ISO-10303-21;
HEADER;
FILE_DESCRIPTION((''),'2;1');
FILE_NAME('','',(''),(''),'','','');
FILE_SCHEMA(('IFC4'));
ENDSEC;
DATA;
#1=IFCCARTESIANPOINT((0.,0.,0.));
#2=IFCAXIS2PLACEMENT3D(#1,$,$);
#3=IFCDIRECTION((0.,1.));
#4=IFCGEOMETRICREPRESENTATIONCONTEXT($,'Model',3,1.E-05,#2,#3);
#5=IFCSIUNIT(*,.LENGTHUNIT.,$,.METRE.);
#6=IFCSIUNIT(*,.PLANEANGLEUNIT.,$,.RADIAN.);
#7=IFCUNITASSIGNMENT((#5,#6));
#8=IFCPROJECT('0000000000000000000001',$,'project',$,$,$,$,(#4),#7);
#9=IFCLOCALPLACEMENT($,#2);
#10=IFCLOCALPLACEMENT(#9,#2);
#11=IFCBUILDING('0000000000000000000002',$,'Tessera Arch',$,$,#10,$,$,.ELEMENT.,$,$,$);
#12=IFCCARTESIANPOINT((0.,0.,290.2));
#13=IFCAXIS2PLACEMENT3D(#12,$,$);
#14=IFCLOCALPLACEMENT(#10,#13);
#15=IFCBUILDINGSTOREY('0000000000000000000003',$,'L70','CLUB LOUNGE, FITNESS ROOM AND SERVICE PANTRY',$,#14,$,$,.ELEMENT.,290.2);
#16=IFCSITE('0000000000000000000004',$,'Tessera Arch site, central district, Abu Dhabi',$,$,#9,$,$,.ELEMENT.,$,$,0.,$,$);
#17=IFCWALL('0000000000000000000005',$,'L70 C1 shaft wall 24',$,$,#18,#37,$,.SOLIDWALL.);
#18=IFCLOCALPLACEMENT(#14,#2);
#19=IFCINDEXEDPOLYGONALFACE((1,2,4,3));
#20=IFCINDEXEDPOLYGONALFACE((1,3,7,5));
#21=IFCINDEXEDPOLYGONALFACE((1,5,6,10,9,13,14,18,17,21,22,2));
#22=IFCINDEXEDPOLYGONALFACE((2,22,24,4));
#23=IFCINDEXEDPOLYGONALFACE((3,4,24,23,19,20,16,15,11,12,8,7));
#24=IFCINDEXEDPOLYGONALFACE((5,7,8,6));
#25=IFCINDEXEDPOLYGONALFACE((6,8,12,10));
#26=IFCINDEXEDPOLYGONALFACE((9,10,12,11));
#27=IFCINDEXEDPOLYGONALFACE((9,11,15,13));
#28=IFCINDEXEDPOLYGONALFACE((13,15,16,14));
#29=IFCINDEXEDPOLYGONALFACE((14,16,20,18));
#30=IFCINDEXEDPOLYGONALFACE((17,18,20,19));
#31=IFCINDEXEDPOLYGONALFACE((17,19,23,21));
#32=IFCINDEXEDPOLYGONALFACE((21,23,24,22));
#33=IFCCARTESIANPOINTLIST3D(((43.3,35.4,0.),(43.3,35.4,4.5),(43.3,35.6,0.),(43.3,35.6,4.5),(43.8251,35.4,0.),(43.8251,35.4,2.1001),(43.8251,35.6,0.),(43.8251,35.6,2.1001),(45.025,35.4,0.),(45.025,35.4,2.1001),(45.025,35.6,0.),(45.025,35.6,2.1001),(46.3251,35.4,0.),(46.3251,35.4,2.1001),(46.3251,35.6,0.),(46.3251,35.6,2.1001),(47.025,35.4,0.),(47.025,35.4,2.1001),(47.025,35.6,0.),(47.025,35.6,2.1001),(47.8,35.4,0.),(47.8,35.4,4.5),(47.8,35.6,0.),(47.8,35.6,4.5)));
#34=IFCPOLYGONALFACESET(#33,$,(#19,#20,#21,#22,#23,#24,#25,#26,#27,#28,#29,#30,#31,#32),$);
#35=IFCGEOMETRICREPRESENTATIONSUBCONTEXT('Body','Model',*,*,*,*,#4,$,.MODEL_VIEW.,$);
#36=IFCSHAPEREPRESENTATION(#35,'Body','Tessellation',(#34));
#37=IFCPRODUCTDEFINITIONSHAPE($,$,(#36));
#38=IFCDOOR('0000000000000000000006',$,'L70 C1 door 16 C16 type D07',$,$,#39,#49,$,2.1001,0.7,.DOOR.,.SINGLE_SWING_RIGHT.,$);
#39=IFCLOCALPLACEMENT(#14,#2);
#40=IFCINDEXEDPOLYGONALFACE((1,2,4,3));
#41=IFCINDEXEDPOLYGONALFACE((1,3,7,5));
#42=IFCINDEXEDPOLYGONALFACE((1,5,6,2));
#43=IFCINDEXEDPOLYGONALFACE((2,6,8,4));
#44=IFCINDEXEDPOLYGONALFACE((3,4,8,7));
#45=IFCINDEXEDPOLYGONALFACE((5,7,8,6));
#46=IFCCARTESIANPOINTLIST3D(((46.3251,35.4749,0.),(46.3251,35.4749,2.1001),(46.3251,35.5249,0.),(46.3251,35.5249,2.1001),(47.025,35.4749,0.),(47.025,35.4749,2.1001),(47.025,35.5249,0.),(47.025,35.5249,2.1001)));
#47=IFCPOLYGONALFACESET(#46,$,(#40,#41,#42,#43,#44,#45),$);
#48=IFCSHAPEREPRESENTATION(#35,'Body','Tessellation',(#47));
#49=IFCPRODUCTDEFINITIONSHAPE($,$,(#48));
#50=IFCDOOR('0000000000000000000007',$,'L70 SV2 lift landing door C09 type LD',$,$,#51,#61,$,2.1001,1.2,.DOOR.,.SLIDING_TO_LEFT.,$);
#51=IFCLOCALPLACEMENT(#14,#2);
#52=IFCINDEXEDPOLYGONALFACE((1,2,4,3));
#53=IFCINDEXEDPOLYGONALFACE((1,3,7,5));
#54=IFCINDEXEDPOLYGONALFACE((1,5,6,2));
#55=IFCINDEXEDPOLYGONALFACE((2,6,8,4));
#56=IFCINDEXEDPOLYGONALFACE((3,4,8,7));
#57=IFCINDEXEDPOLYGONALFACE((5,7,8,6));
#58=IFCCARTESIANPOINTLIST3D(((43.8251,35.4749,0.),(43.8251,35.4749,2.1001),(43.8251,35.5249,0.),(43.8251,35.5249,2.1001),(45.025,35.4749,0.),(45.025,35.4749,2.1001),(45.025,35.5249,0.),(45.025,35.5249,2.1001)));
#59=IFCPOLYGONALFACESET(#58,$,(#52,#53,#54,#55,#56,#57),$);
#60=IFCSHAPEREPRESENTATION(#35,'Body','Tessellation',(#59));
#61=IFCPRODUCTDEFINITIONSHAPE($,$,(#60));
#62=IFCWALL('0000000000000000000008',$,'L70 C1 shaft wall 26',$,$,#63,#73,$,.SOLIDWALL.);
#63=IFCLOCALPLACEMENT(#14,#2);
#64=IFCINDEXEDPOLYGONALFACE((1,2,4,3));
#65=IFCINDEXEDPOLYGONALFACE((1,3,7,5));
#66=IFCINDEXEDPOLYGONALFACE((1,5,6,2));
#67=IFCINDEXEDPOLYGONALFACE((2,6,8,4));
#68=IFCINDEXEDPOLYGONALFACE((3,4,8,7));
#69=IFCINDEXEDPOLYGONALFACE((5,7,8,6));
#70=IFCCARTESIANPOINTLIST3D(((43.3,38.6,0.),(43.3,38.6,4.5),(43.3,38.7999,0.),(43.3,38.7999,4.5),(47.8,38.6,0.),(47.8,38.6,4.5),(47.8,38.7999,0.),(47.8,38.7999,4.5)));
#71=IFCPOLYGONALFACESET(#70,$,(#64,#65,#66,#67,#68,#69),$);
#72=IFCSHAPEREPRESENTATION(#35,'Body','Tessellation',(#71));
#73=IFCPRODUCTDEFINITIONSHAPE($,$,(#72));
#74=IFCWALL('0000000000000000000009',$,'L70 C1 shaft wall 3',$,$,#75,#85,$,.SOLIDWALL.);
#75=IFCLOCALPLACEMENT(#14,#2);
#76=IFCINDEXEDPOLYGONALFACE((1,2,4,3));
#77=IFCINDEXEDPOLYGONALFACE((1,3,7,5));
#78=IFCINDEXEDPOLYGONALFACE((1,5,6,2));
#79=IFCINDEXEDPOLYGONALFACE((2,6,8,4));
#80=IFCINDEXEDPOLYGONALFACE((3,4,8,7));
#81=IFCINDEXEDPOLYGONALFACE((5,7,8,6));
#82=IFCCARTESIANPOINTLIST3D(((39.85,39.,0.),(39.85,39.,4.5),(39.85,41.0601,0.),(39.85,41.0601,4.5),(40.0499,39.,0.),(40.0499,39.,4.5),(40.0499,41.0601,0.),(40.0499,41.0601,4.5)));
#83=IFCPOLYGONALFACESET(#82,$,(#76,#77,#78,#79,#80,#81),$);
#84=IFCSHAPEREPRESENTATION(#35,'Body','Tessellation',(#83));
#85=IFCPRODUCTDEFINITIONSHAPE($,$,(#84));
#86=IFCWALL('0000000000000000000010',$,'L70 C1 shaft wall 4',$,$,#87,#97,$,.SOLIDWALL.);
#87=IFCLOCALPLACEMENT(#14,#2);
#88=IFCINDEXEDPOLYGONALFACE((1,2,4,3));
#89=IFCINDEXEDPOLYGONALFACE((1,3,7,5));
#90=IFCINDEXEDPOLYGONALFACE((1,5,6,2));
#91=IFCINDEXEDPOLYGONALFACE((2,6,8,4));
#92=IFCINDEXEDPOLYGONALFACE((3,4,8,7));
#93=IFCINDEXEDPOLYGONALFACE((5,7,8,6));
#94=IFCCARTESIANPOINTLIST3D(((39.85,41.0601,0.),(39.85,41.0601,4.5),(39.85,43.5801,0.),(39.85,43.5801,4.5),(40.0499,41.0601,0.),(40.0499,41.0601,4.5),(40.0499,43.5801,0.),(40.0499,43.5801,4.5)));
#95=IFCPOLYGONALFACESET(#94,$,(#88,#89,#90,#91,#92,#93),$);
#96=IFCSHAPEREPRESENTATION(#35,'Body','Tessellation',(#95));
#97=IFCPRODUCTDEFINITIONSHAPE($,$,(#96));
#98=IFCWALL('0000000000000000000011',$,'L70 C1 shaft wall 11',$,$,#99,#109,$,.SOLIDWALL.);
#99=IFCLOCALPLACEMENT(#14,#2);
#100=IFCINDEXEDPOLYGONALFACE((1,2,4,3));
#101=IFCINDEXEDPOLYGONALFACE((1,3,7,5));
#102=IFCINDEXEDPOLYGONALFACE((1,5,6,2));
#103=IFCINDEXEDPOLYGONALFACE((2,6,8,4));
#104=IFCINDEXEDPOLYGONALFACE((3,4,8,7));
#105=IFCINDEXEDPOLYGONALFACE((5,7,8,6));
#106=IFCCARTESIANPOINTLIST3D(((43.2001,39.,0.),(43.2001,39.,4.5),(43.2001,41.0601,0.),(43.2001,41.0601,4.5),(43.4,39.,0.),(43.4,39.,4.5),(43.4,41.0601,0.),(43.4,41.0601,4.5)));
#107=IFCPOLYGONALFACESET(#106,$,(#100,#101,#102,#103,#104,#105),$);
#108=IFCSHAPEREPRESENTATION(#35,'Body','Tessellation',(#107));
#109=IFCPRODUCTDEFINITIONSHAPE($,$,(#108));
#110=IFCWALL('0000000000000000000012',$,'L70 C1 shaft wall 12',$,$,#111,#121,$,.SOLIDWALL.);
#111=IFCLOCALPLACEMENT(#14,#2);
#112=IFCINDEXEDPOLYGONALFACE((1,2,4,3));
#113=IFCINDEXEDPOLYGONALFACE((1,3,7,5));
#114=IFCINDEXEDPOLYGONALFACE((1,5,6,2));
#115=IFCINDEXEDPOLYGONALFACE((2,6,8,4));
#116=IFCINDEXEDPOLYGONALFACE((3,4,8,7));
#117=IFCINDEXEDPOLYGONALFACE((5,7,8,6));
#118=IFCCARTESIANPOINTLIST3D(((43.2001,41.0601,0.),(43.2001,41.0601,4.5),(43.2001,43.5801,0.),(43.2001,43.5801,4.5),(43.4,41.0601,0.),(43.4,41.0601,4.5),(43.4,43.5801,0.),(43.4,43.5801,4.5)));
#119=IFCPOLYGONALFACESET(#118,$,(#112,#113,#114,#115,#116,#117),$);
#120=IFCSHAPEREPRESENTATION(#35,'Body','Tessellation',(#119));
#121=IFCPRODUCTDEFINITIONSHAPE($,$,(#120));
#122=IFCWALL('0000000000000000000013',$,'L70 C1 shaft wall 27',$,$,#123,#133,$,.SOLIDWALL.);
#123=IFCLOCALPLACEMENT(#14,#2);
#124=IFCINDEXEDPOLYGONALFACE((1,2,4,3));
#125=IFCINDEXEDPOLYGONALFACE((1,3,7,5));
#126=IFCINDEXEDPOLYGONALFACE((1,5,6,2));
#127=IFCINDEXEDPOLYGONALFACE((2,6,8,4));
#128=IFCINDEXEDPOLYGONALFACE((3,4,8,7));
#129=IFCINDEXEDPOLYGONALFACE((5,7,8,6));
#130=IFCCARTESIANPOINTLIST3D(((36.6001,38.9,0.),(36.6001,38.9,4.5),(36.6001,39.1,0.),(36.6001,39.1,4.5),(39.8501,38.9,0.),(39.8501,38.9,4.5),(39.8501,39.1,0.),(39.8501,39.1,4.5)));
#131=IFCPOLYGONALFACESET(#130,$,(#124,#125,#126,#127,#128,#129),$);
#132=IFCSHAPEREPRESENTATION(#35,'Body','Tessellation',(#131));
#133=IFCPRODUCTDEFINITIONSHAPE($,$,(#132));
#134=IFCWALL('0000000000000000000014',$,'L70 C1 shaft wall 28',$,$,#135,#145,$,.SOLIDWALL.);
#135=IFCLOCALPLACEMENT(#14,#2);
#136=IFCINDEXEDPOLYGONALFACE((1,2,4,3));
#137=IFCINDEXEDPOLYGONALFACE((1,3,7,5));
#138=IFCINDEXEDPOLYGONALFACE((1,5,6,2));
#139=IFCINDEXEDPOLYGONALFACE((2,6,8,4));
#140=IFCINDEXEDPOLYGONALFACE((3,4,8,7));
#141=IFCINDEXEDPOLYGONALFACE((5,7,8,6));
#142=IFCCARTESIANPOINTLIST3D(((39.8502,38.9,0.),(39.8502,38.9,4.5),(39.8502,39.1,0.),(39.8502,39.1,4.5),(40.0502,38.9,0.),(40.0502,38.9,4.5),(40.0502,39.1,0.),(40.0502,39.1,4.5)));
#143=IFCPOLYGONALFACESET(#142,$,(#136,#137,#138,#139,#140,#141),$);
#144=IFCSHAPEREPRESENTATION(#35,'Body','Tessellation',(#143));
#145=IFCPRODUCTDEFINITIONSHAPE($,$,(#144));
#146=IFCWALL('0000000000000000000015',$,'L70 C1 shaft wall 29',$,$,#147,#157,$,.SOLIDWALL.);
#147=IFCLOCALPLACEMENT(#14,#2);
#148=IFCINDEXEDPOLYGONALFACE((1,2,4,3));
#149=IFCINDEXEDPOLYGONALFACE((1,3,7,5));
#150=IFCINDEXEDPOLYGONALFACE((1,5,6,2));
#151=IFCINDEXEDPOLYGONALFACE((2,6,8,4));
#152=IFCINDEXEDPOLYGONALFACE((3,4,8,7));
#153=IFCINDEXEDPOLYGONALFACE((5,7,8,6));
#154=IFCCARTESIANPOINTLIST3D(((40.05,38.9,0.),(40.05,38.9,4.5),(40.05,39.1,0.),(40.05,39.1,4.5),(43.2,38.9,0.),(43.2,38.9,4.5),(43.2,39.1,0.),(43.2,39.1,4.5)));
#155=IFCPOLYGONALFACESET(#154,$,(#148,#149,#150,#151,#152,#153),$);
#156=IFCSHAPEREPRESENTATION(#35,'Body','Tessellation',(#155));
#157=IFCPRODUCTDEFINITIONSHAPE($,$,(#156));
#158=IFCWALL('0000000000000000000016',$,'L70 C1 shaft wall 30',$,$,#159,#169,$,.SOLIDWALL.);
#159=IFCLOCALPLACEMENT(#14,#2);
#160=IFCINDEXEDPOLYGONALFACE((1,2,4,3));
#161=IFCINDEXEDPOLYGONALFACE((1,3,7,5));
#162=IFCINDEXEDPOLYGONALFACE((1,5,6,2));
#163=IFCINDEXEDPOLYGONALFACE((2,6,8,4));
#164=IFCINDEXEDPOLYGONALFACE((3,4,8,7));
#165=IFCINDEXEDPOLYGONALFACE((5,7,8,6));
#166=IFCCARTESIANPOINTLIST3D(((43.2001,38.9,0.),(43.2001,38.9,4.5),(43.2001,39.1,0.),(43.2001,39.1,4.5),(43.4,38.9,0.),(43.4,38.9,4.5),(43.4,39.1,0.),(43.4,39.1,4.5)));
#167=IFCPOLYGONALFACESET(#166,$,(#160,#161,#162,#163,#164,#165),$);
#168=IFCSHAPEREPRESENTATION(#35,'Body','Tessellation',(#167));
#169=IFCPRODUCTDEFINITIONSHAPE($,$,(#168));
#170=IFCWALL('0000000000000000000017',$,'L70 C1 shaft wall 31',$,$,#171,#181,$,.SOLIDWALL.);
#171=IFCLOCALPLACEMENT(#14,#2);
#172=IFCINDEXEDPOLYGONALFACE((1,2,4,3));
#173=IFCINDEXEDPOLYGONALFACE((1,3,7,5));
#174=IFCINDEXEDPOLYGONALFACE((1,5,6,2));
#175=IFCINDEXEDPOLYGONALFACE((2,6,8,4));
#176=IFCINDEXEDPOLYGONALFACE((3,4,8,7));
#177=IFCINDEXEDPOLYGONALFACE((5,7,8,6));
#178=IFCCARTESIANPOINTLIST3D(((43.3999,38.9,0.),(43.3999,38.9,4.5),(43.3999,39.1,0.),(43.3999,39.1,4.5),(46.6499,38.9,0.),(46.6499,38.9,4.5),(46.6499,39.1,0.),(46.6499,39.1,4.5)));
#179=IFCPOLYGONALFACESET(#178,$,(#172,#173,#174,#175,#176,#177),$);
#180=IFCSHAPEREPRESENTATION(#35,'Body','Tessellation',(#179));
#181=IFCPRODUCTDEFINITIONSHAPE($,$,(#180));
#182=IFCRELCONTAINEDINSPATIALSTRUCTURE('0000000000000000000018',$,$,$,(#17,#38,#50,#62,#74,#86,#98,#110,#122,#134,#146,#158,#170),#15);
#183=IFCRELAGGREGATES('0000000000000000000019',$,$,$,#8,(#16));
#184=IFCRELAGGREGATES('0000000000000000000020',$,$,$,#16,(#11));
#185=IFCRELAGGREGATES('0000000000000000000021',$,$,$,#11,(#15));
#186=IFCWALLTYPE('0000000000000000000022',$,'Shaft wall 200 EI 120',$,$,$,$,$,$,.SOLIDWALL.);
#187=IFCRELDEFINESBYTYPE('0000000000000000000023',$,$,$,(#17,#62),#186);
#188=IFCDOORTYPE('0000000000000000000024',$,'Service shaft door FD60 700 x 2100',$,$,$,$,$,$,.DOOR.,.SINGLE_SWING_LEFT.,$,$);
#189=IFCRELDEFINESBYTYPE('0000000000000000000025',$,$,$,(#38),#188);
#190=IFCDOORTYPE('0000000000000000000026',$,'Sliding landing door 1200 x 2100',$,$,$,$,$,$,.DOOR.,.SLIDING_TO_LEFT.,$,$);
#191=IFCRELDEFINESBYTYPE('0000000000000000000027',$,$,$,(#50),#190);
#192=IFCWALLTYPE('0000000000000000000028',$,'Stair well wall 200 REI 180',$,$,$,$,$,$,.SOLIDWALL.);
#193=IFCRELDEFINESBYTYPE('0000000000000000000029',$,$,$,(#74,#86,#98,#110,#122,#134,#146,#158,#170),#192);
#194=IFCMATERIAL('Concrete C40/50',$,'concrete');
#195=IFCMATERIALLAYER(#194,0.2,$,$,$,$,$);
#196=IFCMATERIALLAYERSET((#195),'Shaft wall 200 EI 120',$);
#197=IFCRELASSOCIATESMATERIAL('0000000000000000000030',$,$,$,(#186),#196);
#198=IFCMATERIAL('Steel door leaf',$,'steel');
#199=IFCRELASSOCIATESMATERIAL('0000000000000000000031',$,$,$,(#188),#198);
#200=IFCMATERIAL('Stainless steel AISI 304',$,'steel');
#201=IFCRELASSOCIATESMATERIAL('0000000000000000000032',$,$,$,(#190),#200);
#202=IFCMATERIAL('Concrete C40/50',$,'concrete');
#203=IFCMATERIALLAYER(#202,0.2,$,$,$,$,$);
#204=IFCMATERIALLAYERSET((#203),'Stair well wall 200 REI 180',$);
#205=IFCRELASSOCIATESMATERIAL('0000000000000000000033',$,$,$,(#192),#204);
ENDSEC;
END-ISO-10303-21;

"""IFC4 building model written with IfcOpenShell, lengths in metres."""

from ifc_helpers import new_model, si_unit, direction, frame, frame_2d, origin, place, context, subcontext, project, spatial, rectangle, extrude, material, layer, layer_set, type_object, element, fill, save


model = new_model("IFC4")

# Units and contexts
model_context = context("Model", 3, precision=1e-05, world=origin(), true_north=direction((0.0, 1.0)))
body_context = subcontext(model_context, "Body", "Model", "MODEL_VIEW")
ifc_project = project(units=[si_unit("LENGTHUNIT", "METRE"), si_unit("PLANEANGLEUNIT", "RADIAN")], contexts=[model_context])

# Site, building, storey
site_placement = place(None, origin())
site = spatial("IfcSite", under=ifc_project, at=site_placement, Name="Tessera Arch site, central district, Abu Dhabi", CompositionType="ELEMENT", RefElevation=0.0)
building_placement = place(site_placement, origin())
building = spatial("IfcBuilding", under=site, at=building_placement, Name="Tessera Arch", CompositionType="ELEMENT")
storey_placement = place(building_placement, frame((0.0, 0.0, 290.2)))
storey = spatial("IfcBuildingStorey", under=building, at=storey_placement, Name="L70", Description="CLUB LOUNGE, FITNESS ROOM AND SERVICE PANTRY", CompositionType="ELEMENT", Elevation=290.2)

# Shared definitions
ifc_material_1 = material(Name="Concrete C40/50", Category="concrete")
ifc_layer_1 = layer(ifc_material_1, 0.2)
ifc_layer_set_1 = layer_set([ifc_layer_1], Name="Shaft wall 200 EI 120")
wall_type_1 = type_object("IfcWallType", Name="Shaft wall 200 EI 120", PredefinedType="SOLIDWALL", material=ifc_layer_set_1)

# Wall, openings, doors
wall_1_placement = place(storey_placement, frame((43.3, 35.5, 0.0), z_axis=(0.0, 0.0, 1.0), x_axis=(1.0, 0.0, 0.0)))
wall_1 = element("IfcWall", 1, at=wall_1_placement, inside=storey, type_object=wall_type_1, Name="L70 C1 shaft wall 24", PredefinedType="SOLIDWALL", context=body_context, shape_type="SweptSolid", body=[
    extrude(rectangle(XDim=4.5, YDim=0.2, at=frame_2d((2.25, 0.0))), origin(), (0.0, 0.0, 1.0), 4.5),
])
opening_1_placement = place(wall_1_placement, frame((0.5249, 0.0, 0.0)))
opening_1 = element("IfcOpeningElement", 2, at=opening_1_placement, cuts=wall_1, PredefinedType="OPENING", context=body_context, shape_type="SweptSolid", body=[
    extrude(rectangle(XDim=1.2, YDim=2.1001, at=frame_2d((0.6001, 1.05))), frame((0.0, 0.1099, 0.0), z_axis=(0.0, -1.0, 0.0), x_axis=(1.0, 0.0, 0.0)), (0.0, 0.0, 1.0), 0.22),
])
opening_2_placement = place(wall_1_placement, frame((3.0249, 0.0, 0.0)))
opening_2 = element("IfcOpeningElement", 3, at=opening_2_placement, cuts=wall_1, PredefinedType="OPENING", context=body_context, shape_type="SweptSolid", body=[
    extrude(rectangle(XDim=0.7, YDim=2.1001, at=frame_2d((0.3501, 1.05))), frame((0.0, 0.1099, 0.0), z_axis=(0.0, -1.0, 0.0), x_axis=(1.0, 0.0, 0.0)), (0.0, 0.0, 1.0), 0.22),
])
ifc_material_2 = material(Name="Steel door leaf", Category="steel")
door_type_1 = type_object("IfcDoorType", Name="Service shaft door FD60 700 x 2100", OperationType="SINGLE_SWING_LEFT", PredefinedType="DOOR", material=ifc_material_2)
door_1_placement = place(opening_2_placement, origin())
door_1 = element("IfcDoor", 4, at=door_1_placement, inside=storey, type_object=door_type_1, Name="L70 C1 door 16 C16 type D07", OperationType="SINGLE_SWING_RIGHT", OverallHeight=2.1001, OverallWidth=0.7, PredefinedType="DOOR", context=body_context, shape_type="SweptSolid", body=[
    extrude(rectangle(XDim=0.7, YDim=2.1001, at=frame_2d((0.3501, 1.05))), frame((0.0, 0.0249, 0.0), z_axis=(0.0, -1.0, 0.0), x_axis=(1.0, 0.0, 0.0)), (0.0, 0.0, 1.0), 0.05),
])
fill(opening_2, door_1)
ifc_material_3 = material(Name="Stainless steel AISI 304", Category="steel")
door_type_2 = type_object("IfcDoorType", Name="Sliding landing door 1200 x 2100", OperationType="SLIDING_TO_LEFT", PredefinedType="DOOR", material=ifc_material_3)
door_2_placement = place(opening_1_placement, origin())
door_2 = element("IfcDoor", 5, at=door_2_placement, inside=storey, type_object=door_type_2, Name="L70 SV2 lift landing door C09 type LD", OperationType="SLIDING_TO_LEFT", OverallHeight=2.1001, OverallWidth=1.2, PredefinedType="DOOR", context=body_context, shape_type="SweptSolid", body=[
    extrude(rectangle(XDim=1.2, YDim=2.1001, at=frame_2d((0.6001, 1.05))), frame((0.0, 0.0249, 0.0), z_axis=(0.0, -1.0, 0.0), x_axis=(1.0, 0.0, 0.0)), (0.0, 0.0, 1.0), 0.05),
])
fill(opening_1, door_2)

# Walls
wall_2_placement = place(storey_placement, frame((43.3, 38.7, 0.0), z_axis=(0.0, 0.0, 1.0), x_axis=(1.0, 0.0, 0.0)))
element("IfcWall", 6, at=wall_2_placement, inside=storey, type_object=wall_type_1, Name="L70 C1 shaft wall 26", PredefinedType="SOLIDWALL", context=body_context, shape_type="SweptSolid", body=[
    extrude(rectangle(XDim=4.5, YDim=0.2, at=frame_2d((2.25, 0.0))), origin(), (0.0, 0.0, 1.0), 4.5),
])
ifc_material_4 = material(Name="Concrete C40/50", Category="concrete")
ifc_layer_2 = layer(ifc_material_4, 0.2)
ifc_layer_set_2 = layer_set([ifc_layer_2], Name="Stair well wall 200 REI 180")
wall_type_2 = type_object("IfcWallType", Name="Stair well wall 200 REI 180", PredefinedType="SOLIDWALL", material=ifc_layer_set_2)
wall_3_placement = place(storey_placement, frame((39.95, 39.0, 0.0), z_axis=(0.0, 0.0, 1.0), x_axis=(0.0, 1.0, 0.0)))
element("IfcWall", 7, at=wall_3_placement, inside=storey, type_object=wall_type_2, Name="L70 C1 shaft wall 3", PredefinedType="SOLIDWALL", context=body_context, shape_type="SweptSolid", body=[
    extrude(rectangle(XDim=2.0601, YDim=0.2, at=frame_2d((1.03, 0.0))), origin(), (0.0, 0.0, 1.0), 4.5),
])
wall_4_placement = place(storey_placement, frame((39.95, 41.0601, 0.0), z_axis=(0.0, 0.0, 1.0), x_axis=(0.0, 1.0, 0.0)))
element("IfcWall", 8, at=wall_4_placement, inside=storey, type_object=wall_type_2, Name="L70 C1 shaft wall 4", PredefinedType="SOLIDWALL", context=body_context, shape_type="SweptSolid", body=[
    extrude(rectangle(XDim=2.52, YDim=0.2, at=frame_2d((1.26, 0.0))), origin(), (0.0, 0.0, 1.0), 4.5),
])
wall_5_placement = place(storey_placement, frame((43.3, 39.0, 0.0), z_axis=(0.0, 0.0, 1.0), x_axis=(0.0, 1.0, 0.0)))
element("IfcWall", 9, at=wall_5_placement, inside=storey, type_object=wall_type_2, Name="L70 C1 shaft wall 11", PredefinedType="SOLIDWALL", context=body_context, shape_type="SweptSolid", body=[
    extrude(rectangle(XDim=2.0601, YDim=0.2, at=frame_2d((1.03, 0.0))), origin(), (0.0, 0.0, 1.0), 4.5),
])
wall_6_placement = place(storey_placement, frame((43.3, 41.0601, 0.0), z_axis=(0.0, 0.0, 1.0), x_axis=(0.0, 1.0, 0.0)))
element("IfcWall", 10, at=wall_6_placement, inside=storey, type_object=wall_type_2, Name="L70 C1 shaft wall 12", PredefinedType="SOLIDWALL", context=body_context, shape_type="SweptSolid", body=[
    extrude(rectangle(XDim=2.52, YDim=0.2, at=frame_2d((1.26, 0.0))), origin(), (0.0, 0.0, 1.0), 4.5),
])
wall_7_placement = place(storey_placement, frame((36.6001, 39.0, 0.0), z_axis=(0.0, 0.0, 1.0), x_axis=(1.0, 0.0, 0.0)))
element("IfcWall", 11, at=wall_7_placement, inside=storey, type_object=wall_type_2, Name="L70 C1 shaft wall 27", PredefinedType="SOLIDWALL", context=body_context, shape_type="SweptSolid", body=[
    extrude(rectangle(XDim=3.25, YDim=0.2, at=frame_2d((1.625, 0.0))), origin(), (0.0, 0.0, 1.0), 4.5),
])
wall_8_placement = place(storey_placement, frame((39.8501, 39.0, 0.0), z_axis=(0.0, 0.0, 1.0), x_axis=(1.0, 0.0, 0.0)))
element("IfcWall", 12, at=wall_8_placement, inside=storey, type_object=wall_type_2, Name="L70 C1 shaft wall 28", PredefinedType="SOLIDWALL", context=body_context, shape_type="SweptSolid", body=[
    extrude(rectangle(XDim=0.2, YDim=0.2, at=frame_2d((0.1001, 0.0))), origin(), (0.0, 0.0, 1.0), 4.5),
])
wall_9_placement = place(storey_placement, frame((40.05, 39.0, 0.0), z_axis=(0.0, 0.0, 1.0), x_axis=(1.0, 0.0, 0.0)))
element("IfcWall", 13, at=wall_9_placement, inside=storey, type_object=wall_type_2, Name="L70 C1 shaft wall 29", PredefinedType="SOLIDWALL", context=body_context, shape_type="SweptSolid", body=[
    extrude(rectangle(XDim=3.1499, YDim=0.2, at=frame_2d((1.575, 0.0))), origin(), (0.0, 0.0, 1.0), 4.5),
])
wall_10_placement = place(storey_placement, frame((43.2, 39.0, 0.0), z_axis=(0.0, 0.0, 1.0), x_axis=(1.0, 0.0, 0.0)))
element("IfcWall", 14, at=wall_10_placement, inside=storey, type_object=wall_type_2, Name="L70 C1 shaft wall 30", PredefinedType="SOLIDWALL", context=body_context, shape_type="SweptSolid", body=[
    extrude(rectangle(XDim=0.2, YDim=0.2, at=frame_2d((0.1001, 0.0))), origin(), (0.0, 0.0, 1.0), 4.5),
])
wall_11_placement = place(storey_placement, frame((43.3999, 39.0, 0.0), z_axis=(0.0, 0.0, 1.0), x_axis=(1.0, 0.0, 0.0)))
element("IfcWall", 15, at=wall_11_placement, inside=storey, type_object=wall_type_2, Name="L70 C1 shaft wall 31", PredefinedType="SOLIDWALL", context=body_context, shape_type="SweptSolid", body=[
    extrude(rectangle(XDim=3.25, YDim=0.2, at=frame_2d((1.625, 0.0))), origin(), (0.0, 0.0, 1.0), 4.5),
])

save(model, "model.ifc")
